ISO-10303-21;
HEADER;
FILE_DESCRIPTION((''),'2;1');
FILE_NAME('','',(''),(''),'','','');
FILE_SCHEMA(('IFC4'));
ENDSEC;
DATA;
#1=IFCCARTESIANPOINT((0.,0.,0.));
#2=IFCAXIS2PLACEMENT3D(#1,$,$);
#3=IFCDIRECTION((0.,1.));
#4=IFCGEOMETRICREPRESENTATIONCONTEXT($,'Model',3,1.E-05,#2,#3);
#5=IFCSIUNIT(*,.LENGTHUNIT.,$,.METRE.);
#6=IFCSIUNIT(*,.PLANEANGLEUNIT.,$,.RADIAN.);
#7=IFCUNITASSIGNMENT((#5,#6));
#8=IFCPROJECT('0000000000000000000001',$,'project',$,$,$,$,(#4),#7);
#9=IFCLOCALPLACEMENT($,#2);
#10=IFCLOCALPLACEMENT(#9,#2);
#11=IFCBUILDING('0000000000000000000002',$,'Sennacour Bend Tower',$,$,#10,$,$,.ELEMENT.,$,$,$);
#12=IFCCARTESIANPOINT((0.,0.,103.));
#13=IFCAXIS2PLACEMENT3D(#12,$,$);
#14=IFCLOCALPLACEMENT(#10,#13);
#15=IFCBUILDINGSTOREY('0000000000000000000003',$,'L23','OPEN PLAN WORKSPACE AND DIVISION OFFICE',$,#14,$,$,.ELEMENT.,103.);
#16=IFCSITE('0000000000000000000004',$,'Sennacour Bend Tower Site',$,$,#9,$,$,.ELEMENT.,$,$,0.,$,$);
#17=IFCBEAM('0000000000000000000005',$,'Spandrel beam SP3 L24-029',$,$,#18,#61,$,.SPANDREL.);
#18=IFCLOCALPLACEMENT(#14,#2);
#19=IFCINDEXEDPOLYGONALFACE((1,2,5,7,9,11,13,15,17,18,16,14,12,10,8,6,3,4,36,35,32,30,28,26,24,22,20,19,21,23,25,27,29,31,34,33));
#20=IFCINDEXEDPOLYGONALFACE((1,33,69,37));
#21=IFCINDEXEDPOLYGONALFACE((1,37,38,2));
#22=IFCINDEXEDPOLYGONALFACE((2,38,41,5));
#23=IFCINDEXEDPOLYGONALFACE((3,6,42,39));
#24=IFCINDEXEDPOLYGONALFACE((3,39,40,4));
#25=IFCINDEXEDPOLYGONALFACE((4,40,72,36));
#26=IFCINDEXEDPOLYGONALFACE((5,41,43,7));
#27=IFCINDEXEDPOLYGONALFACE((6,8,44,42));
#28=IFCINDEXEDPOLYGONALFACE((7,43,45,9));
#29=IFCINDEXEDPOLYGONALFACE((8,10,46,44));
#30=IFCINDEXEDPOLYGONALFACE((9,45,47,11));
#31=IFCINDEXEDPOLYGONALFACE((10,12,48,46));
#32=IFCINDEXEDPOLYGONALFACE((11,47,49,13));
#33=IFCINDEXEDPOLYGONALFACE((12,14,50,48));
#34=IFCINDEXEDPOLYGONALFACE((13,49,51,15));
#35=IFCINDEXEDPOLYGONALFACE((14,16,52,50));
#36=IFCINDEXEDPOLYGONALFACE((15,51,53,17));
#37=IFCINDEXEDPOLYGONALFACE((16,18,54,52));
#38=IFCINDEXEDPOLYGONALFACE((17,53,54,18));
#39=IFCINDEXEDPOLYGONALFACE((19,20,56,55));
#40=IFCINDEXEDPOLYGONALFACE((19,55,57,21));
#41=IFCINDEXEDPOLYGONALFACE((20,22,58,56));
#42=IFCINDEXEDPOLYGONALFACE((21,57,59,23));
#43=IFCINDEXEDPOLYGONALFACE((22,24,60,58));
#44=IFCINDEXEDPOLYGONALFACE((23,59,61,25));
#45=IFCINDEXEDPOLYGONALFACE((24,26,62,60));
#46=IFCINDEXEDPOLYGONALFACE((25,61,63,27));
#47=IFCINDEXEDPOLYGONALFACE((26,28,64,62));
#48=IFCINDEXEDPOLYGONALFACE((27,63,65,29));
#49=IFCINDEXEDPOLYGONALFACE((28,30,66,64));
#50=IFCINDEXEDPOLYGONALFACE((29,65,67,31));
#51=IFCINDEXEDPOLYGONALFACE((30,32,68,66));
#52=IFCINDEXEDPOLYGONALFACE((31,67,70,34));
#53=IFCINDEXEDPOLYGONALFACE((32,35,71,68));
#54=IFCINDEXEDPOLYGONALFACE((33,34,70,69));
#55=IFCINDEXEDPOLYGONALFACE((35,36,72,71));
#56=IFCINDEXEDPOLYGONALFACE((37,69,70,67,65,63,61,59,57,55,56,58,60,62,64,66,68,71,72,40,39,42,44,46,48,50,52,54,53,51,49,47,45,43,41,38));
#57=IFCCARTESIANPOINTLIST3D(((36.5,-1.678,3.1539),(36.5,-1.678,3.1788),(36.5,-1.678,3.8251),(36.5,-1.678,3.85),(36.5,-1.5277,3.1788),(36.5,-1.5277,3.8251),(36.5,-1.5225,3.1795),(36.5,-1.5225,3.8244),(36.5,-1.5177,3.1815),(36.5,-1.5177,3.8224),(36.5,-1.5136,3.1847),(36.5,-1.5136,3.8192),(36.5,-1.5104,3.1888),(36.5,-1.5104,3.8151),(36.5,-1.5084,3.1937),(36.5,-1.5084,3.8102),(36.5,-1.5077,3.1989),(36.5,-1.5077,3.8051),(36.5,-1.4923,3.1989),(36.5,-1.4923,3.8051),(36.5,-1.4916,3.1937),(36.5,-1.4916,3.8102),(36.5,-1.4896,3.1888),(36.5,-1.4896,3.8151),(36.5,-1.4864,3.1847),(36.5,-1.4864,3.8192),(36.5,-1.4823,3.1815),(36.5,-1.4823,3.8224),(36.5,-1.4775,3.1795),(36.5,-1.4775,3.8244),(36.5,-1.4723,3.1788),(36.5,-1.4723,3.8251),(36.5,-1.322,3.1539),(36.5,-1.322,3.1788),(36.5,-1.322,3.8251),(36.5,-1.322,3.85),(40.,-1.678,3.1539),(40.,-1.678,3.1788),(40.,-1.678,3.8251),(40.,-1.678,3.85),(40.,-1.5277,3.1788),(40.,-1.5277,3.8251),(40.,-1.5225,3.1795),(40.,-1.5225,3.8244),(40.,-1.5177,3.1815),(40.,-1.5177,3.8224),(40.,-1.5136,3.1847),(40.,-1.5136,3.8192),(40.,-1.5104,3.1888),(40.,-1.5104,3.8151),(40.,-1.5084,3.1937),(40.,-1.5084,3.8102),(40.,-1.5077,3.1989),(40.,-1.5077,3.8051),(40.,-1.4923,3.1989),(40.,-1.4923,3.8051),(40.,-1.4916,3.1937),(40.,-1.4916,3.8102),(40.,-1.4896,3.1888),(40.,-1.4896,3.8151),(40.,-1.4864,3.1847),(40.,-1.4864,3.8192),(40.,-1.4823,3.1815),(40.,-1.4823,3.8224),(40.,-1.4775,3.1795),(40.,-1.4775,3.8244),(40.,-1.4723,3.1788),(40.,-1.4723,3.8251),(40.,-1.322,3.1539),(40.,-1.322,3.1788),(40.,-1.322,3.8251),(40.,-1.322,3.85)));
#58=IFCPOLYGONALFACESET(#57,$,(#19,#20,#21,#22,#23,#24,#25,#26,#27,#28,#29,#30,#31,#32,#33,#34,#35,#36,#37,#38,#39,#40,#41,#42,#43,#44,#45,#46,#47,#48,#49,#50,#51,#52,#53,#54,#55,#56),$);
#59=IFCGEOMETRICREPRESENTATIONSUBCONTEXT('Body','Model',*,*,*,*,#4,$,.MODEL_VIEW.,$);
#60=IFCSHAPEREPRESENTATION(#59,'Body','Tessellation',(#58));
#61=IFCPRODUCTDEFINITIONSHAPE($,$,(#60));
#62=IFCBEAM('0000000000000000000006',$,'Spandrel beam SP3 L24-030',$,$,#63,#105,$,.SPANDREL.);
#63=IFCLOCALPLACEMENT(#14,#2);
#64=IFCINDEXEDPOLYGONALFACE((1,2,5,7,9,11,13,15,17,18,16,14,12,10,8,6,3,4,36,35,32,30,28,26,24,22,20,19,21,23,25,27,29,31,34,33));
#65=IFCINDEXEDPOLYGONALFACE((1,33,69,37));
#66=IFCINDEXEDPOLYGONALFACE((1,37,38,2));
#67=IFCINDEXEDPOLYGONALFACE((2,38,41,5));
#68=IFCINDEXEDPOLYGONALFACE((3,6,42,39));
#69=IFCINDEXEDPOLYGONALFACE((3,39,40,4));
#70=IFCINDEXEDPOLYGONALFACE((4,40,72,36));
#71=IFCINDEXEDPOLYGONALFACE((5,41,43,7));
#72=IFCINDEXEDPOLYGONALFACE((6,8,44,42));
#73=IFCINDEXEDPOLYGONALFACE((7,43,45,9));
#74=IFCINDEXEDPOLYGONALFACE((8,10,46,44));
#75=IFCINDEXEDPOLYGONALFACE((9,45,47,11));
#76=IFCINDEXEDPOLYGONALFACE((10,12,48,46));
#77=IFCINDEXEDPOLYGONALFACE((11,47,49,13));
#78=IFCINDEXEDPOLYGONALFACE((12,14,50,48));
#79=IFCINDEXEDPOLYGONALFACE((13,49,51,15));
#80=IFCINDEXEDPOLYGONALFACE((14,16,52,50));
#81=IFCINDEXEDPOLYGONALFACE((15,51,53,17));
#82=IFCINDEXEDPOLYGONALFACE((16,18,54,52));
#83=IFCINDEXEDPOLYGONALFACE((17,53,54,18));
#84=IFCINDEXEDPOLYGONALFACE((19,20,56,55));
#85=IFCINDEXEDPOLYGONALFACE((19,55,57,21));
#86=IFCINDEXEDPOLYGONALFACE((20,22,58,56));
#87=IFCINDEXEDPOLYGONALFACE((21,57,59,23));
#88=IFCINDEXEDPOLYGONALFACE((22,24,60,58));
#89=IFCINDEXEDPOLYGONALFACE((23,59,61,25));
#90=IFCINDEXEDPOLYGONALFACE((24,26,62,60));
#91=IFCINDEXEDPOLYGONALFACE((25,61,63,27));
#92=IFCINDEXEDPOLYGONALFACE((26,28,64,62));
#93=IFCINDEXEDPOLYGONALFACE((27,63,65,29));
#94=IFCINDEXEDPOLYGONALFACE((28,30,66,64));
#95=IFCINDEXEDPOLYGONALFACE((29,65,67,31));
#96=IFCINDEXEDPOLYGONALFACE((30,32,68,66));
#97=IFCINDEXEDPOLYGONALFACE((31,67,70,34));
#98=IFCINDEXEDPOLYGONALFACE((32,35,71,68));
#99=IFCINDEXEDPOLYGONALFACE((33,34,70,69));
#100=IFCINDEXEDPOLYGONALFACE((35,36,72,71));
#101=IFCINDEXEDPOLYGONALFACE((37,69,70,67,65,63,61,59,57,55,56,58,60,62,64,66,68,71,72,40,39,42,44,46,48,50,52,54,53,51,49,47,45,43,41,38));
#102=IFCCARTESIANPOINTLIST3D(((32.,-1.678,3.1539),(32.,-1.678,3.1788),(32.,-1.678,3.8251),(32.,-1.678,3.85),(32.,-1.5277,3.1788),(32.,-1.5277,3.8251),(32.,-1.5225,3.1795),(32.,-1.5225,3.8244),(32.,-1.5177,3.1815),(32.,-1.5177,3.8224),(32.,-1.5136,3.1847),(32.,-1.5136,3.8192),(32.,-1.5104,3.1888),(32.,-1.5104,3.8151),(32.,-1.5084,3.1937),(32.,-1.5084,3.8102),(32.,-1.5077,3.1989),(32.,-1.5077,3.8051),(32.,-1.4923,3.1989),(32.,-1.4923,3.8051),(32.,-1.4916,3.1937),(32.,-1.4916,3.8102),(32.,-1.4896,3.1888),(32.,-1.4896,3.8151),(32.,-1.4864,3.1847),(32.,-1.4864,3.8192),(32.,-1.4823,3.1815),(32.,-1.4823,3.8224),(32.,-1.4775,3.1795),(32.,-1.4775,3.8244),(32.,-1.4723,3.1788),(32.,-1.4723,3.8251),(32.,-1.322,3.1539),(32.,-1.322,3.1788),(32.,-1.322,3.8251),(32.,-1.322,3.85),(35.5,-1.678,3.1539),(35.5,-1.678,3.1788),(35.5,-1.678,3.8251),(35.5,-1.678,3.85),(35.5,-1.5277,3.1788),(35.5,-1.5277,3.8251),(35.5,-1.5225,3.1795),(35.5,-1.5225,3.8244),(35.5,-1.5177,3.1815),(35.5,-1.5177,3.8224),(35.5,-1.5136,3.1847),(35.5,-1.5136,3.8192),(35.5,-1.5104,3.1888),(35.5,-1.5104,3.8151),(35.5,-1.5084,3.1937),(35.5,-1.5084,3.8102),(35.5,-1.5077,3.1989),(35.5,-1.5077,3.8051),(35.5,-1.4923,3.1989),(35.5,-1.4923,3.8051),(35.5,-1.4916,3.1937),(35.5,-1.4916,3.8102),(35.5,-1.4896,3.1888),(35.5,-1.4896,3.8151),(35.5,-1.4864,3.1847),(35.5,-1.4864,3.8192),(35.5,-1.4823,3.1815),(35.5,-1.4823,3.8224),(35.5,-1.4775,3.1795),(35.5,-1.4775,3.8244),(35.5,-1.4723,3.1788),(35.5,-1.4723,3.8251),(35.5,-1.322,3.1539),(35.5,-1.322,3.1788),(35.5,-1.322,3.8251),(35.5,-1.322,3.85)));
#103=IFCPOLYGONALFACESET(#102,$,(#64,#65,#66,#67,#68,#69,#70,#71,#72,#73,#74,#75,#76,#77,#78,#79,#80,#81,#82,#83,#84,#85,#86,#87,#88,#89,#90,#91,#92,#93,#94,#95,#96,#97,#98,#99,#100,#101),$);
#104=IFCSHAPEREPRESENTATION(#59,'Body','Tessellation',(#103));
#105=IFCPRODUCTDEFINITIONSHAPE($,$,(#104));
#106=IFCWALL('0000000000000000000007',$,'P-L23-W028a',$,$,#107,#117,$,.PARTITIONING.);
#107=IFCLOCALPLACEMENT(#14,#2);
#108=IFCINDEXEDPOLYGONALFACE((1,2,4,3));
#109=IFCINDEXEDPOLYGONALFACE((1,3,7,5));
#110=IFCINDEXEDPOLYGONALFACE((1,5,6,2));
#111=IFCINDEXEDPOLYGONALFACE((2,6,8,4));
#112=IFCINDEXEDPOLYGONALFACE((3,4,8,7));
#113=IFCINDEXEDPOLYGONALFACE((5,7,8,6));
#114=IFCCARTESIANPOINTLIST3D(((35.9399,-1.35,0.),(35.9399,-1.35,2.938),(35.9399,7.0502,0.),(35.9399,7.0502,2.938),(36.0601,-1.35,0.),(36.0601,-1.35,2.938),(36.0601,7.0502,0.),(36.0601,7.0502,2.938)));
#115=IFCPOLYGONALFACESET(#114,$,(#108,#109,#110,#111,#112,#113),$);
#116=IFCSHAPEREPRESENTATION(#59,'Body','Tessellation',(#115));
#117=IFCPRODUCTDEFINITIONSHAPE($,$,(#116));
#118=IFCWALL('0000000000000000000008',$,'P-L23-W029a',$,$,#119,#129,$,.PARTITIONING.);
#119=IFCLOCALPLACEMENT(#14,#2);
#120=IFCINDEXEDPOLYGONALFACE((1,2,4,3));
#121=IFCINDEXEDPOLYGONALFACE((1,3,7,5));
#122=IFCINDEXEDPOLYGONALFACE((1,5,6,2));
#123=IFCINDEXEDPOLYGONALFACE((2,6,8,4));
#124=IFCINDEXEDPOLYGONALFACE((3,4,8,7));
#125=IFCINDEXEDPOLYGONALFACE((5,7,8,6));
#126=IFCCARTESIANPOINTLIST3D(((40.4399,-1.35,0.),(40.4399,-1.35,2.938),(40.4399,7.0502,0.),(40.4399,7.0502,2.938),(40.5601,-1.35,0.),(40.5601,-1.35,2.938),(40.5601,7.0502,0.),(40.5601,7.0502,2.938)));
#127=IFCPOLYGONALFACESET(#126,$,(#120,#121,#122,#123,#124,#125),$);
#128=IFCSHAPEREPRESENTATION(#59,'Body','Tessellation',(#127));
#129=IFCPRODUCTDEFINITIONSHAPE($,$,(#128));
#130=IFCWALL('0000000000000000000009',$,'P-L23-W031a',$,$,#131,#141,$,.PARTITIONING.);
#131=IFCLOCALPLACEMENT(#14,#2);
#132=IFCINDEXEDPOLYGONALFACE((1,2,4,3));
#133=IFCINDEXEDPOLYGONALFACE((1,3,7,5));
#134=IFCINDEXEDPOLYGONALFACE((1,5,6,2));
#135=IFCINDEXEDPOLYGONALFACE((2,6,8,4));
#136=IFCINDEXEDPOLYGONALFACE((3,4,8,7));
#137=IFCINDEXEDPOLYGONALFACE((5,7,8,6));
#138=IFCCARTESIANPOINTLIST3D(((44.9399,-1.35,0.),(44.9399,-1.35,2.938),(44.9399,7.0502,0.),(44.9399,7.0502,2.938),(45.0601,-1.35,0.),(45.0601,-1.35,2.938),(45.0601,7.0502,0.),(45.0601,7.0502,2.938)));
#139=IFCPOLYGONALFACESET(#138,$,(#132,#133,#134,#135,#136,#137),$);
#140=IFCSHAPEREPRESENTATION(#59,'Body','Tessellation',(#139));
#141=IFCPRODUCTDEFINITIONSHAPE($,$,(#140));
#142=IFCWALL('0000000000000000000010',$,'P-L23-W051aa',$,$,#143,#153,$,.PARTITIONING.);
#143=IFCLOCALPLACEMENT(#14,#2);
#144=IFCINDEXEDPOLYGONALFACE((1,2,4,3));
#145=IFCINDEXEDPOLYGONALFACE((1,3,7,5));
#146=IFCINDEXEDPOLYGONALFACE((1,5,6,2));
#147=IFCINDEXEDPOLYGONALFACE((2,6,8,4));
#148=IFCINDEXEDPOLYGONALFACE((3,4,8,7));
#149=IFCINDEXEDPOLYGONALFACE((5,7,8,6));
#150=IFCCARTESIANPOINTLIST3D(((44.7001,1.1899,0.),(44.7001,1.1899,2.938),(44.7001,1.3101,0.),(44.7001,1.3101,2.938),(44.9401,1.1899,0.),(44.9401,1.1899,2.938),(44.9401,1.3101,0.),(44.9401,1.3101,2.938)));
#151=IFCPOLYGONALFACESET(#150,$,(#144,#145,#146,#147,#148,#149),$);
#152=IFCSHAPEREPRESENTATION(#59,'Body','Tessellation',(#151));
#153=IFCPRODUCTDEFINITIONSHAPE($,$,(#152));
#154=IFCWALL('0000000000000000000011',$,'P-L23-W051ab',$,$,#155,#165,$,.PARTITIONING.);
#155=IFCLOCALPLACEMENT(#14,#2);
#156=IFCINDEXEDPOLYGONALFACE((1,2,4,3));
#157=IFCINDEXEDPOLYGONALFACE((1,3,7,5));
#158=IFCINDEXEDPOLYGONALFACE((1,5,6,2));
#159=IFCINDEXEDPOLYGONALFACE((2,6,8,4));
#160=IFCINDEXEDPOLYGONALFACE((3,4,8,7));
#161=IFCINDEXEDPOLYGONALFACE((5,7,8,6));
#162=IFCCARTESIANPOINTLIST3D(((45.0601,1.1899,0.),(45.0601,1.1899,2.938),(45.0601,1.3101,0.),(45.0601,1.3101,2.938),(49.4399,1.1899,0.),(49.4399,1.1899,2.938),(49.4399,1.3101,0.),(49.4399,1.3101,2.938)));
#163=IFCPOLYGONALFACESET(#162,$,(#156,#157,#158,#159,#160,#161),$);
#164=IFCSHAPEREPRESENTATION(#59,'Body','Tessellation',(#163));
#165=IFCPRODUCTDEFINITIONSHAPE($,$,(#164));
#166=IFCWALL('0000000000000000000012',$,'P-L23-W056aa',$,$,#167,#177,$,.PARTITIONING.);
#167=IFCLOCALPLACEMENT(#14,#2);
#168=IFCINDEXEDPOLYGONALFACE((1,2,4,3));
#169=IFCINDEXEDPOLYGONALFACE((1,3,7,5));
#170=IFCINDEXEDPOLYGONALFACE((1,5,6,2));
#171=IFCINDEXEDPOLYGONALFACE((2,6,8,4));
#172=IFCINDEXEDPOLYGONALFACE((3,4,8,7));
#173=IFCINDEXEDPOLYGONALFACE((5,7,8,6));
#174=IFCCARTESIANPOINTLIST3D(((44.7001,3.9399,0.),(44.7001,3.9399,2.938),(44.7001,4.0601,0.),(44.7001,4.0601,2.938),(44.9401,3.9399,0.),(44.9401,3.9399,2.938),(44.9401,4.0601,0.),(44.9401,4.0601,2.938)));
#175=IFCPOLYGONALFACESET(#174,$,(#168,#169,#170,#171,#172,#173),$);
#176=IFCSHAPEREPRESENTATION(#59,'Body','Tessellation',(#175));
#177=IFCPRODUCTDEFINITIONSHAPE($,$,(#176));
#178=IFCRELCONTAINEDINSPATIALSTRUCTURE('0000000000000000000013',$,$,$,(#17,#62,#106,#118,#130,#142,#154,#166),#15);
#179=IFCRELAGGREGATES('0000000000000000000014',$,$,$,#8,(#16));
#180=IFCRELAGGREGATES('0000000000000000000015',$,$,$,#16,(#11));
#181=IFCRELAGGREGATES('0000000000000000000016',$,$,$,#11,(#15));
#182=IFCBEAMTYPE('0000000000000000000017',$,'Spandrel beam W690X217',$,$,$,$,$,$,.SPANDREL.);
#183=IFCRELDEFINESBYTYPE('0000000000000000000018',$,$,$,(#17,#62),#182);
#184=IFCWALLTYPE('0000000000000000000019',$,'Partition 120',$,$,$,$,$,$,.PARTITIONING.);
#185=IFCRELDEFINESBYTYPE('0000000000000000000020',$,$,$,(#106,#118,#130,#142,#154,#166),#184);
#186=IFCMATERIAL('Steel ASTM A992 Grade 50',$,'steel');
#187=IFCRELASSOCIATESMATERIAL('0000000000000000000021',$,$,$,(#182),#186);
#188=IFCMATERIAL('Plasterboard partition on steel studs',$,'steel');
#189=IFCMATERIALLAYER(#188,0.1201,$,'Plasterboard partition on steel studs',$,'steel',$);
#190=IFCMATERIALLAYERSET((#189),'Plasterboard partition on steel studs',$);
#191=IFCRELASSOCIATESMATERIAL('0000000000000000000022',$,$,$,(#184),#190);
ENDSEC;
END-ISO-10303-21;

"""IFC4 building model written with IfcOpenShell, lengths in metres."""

from ifc_helpers import new_model, si_unit, direction, frame, frame_2d, origin, origin_2d, place, context, subcontext, project, spatial, rectangle, i_section, extrude, material, layer, layer_set, material_profile, profile_set, type_object, element, save


model = new_model("IFC4")

# Units and contexts
model_context = context("Model", 3, precision=1e-05, world=origin(), true_north=direction((0.0, 1.0)))
body_context = subcontext(model_context, "Body", "Model", "MODEL_VIEW")
ifc_project = project(units=[si_unit("LENGTHUNIT", "METRE"), si_unit("PLANEANGLEUNIT", "RADIAN")], contexts=[model_context])

# Site, building, storey
site_placement = place(None, origin())
site = spatial("IfcSite", under=ifc_project, at=site_placement, Name="Sennacour Bend Tower Site", CompositionType="ELEMENT", RefElevation=0.0)
building_placement = place(site_placement, origin())
building = spatial("IfcBuilding", under=site, at=building_placement, Name="Sennacour Bend Tower", CompositionType="ELEMENT")
storey_placement = place(building_placement, frame((0.0, 0.0, 103.0)))
storey = spatial("IfcBuildingStorey", under=building, at=storey_placement, Name="L23", Description="OPEN PLAN WORKSPACE AND DIVISION OFFICE", CompositionType="ELEMENT", Elevation=103.0)

# Beams
ifc_material_1 = material(Name="Steel ASTM A992 Grade 50", Category="steel")
ifc_material_profile_1 = material_profile(ifc_material_1, i_section(OverallWidth=0.356, OverallDepth=0.696, WebThickness=0.0154, FlangeThickness=0.0249, FilletRadius=0.02, at=origin_2d()), Name="Steel ASTM A992 Grade 50", Category="steel")
ifc_profile_set_1 = profile_set([ifc_material_profile_1], Name="Steel ASTM A992 Grade 50")
beam_type_1 = type_object("IfcBeamType", Name="Spandrel beam W690X217", PredefinedType="SPANDREL", material=ifc_profile_set_1)
for number, where, z_axis, x_axis, name in (
    (1, (40.0, -1.5, 3.502), (-1.0, 0.0, 0.0), (0.0, -1.0, 0.0), "Spandrel beam SP3 L24-029"),
    (2, (35.5, -1.5, 3.502), (-1.0, 0.0, 0.0), (0.0, -1.0, 0.0), "Spandrel beam SP3 L24-030"),
):
    element("IfcBeam", number, at=place(storey_placement, frame(where, z_axis=z_axis, x_axis=x_axis)), inside=storey, type_object=beam_type_1, Name=name, PredefinedType="SPANDREL", context=body_context, shape_type="SweptSolid", body=[
        extrude(i_section(OverallWidth=0.356, OverallDepth=0.696, WebThickness=0.0154, FlangeThickness=0.0249, FilletRadius=0.02, at=origin_2d()), origin(), (0.0, 0.0, 1.0), 3.5),
    ])

# Walls
ifc_material_2 = material(Name="Plasterboard partition on steel studs", Category="steel")
ifc_layer_1 = layer(ifc_material_2, 0.1201, Name="Plasterboard partition on steel studs", Category="steel")
ifc_layer_set_1 = layer_set([ifc_layer_1], Name="Plasterboard partition on steel studs")
wall_type_1 = type_object("IfcWallType", Name="Partition 120", PredefinedType="PARTITIONING", material=ifc_layer_set_1)
for number, where, z_axis, x_axis, name in (
    (3, (36.0, -1.3501, 0.0), (0.0, 0.0, 1.0), (0.0, 1.0, 0.0), "P-L23-W028a"),
    (4, (40.5, -1.3501, 0.0), (0.0, 0.0, 1.0), (0.0, 1.0, 0.0), "P-L23-W029a"),
    (5, (45.0, -1.3501, 0.0), (0.0, 0.0, 1.0), (0.0, 1.0, 0.0), "P-L23-W031a"),
):
    element("IfcWall", number, at=place(storey_placement, frame(where, z_axis=z_axis, x_axis=x_axis)), inside=storey, type_object=wall_type_1, Name=name, PredefinedType="PARTITIONING", context=body_context, shape_type="SweptSolid", body=[
        extrude(rectangle(XDim=8.4001, YDim=0.1201, at=frame_2d((4.2002, 0.0))), origin(), (0.0, 0.0, 1.0), 2.938),
    ])
wall_1_placement = place(storey_placement, frame((44.7, 1.25, 0.0), z_axis=(0.0, 0.0, 1.0), x_axis=(1.0, 0.0, 0.0)))
element("IfcWall", 6, at=wall_1_placement, inside=storey, type_object=wall_type_1, Name="P-L23-W051aa", PredefinedType="PARTITIONING", context=body_context, shape_type="SweptSolid", body=[
    extrude(rectangle(XDim=0.24, YDim=0.1201, at=frame_2d((0.1201, 0.0))), origin(), (0.0, 0.0, 1.0), 2.938),
])
wall_2_placement = place(storey_placement, frame((45.0601, 1.25, 0.0), z_axis=(0.0, 0.0, 1.0), x_axis=(1.0, 0.0, 0.0)))
element("IfcWall", 7, at=wall_2_placement, inside=storey, type_object=wall_type_1, Name="P-L23-W051ab", PredefinedType="PARTITIONING", context=body_context, shape_type="SweptSolid", body=[
    extrude(rectangle(XDim=4.3799, YDim=0.1201, at=frame_2d((2.1899, 0.0))), origin(), (0.0, 0.0, 1.0), 2.938),
])
wall_3_placement = place(storey_placement, frame((44.7, 4.0, 0.0), z_axis=(0.0, 0.0, 1.0), x_axis=(1.0, 0.0, 0.0)))
element("IfcWall", 8, at=wall_3_placement, inside=storey, type_object=wall_type_1, Name="P-L23-W056aa", PredefinedType="PARTITIONING", context=body_context, shape_type="SweptSolid", body=[
    extrude(rectangle(XDim=0.24, YDim=0.1201, at=frame_2d((0.1201, 0.0))), origin(), (0.0, 0.0, 1.0), 2.938),
])

save(model, "model.ifc")
